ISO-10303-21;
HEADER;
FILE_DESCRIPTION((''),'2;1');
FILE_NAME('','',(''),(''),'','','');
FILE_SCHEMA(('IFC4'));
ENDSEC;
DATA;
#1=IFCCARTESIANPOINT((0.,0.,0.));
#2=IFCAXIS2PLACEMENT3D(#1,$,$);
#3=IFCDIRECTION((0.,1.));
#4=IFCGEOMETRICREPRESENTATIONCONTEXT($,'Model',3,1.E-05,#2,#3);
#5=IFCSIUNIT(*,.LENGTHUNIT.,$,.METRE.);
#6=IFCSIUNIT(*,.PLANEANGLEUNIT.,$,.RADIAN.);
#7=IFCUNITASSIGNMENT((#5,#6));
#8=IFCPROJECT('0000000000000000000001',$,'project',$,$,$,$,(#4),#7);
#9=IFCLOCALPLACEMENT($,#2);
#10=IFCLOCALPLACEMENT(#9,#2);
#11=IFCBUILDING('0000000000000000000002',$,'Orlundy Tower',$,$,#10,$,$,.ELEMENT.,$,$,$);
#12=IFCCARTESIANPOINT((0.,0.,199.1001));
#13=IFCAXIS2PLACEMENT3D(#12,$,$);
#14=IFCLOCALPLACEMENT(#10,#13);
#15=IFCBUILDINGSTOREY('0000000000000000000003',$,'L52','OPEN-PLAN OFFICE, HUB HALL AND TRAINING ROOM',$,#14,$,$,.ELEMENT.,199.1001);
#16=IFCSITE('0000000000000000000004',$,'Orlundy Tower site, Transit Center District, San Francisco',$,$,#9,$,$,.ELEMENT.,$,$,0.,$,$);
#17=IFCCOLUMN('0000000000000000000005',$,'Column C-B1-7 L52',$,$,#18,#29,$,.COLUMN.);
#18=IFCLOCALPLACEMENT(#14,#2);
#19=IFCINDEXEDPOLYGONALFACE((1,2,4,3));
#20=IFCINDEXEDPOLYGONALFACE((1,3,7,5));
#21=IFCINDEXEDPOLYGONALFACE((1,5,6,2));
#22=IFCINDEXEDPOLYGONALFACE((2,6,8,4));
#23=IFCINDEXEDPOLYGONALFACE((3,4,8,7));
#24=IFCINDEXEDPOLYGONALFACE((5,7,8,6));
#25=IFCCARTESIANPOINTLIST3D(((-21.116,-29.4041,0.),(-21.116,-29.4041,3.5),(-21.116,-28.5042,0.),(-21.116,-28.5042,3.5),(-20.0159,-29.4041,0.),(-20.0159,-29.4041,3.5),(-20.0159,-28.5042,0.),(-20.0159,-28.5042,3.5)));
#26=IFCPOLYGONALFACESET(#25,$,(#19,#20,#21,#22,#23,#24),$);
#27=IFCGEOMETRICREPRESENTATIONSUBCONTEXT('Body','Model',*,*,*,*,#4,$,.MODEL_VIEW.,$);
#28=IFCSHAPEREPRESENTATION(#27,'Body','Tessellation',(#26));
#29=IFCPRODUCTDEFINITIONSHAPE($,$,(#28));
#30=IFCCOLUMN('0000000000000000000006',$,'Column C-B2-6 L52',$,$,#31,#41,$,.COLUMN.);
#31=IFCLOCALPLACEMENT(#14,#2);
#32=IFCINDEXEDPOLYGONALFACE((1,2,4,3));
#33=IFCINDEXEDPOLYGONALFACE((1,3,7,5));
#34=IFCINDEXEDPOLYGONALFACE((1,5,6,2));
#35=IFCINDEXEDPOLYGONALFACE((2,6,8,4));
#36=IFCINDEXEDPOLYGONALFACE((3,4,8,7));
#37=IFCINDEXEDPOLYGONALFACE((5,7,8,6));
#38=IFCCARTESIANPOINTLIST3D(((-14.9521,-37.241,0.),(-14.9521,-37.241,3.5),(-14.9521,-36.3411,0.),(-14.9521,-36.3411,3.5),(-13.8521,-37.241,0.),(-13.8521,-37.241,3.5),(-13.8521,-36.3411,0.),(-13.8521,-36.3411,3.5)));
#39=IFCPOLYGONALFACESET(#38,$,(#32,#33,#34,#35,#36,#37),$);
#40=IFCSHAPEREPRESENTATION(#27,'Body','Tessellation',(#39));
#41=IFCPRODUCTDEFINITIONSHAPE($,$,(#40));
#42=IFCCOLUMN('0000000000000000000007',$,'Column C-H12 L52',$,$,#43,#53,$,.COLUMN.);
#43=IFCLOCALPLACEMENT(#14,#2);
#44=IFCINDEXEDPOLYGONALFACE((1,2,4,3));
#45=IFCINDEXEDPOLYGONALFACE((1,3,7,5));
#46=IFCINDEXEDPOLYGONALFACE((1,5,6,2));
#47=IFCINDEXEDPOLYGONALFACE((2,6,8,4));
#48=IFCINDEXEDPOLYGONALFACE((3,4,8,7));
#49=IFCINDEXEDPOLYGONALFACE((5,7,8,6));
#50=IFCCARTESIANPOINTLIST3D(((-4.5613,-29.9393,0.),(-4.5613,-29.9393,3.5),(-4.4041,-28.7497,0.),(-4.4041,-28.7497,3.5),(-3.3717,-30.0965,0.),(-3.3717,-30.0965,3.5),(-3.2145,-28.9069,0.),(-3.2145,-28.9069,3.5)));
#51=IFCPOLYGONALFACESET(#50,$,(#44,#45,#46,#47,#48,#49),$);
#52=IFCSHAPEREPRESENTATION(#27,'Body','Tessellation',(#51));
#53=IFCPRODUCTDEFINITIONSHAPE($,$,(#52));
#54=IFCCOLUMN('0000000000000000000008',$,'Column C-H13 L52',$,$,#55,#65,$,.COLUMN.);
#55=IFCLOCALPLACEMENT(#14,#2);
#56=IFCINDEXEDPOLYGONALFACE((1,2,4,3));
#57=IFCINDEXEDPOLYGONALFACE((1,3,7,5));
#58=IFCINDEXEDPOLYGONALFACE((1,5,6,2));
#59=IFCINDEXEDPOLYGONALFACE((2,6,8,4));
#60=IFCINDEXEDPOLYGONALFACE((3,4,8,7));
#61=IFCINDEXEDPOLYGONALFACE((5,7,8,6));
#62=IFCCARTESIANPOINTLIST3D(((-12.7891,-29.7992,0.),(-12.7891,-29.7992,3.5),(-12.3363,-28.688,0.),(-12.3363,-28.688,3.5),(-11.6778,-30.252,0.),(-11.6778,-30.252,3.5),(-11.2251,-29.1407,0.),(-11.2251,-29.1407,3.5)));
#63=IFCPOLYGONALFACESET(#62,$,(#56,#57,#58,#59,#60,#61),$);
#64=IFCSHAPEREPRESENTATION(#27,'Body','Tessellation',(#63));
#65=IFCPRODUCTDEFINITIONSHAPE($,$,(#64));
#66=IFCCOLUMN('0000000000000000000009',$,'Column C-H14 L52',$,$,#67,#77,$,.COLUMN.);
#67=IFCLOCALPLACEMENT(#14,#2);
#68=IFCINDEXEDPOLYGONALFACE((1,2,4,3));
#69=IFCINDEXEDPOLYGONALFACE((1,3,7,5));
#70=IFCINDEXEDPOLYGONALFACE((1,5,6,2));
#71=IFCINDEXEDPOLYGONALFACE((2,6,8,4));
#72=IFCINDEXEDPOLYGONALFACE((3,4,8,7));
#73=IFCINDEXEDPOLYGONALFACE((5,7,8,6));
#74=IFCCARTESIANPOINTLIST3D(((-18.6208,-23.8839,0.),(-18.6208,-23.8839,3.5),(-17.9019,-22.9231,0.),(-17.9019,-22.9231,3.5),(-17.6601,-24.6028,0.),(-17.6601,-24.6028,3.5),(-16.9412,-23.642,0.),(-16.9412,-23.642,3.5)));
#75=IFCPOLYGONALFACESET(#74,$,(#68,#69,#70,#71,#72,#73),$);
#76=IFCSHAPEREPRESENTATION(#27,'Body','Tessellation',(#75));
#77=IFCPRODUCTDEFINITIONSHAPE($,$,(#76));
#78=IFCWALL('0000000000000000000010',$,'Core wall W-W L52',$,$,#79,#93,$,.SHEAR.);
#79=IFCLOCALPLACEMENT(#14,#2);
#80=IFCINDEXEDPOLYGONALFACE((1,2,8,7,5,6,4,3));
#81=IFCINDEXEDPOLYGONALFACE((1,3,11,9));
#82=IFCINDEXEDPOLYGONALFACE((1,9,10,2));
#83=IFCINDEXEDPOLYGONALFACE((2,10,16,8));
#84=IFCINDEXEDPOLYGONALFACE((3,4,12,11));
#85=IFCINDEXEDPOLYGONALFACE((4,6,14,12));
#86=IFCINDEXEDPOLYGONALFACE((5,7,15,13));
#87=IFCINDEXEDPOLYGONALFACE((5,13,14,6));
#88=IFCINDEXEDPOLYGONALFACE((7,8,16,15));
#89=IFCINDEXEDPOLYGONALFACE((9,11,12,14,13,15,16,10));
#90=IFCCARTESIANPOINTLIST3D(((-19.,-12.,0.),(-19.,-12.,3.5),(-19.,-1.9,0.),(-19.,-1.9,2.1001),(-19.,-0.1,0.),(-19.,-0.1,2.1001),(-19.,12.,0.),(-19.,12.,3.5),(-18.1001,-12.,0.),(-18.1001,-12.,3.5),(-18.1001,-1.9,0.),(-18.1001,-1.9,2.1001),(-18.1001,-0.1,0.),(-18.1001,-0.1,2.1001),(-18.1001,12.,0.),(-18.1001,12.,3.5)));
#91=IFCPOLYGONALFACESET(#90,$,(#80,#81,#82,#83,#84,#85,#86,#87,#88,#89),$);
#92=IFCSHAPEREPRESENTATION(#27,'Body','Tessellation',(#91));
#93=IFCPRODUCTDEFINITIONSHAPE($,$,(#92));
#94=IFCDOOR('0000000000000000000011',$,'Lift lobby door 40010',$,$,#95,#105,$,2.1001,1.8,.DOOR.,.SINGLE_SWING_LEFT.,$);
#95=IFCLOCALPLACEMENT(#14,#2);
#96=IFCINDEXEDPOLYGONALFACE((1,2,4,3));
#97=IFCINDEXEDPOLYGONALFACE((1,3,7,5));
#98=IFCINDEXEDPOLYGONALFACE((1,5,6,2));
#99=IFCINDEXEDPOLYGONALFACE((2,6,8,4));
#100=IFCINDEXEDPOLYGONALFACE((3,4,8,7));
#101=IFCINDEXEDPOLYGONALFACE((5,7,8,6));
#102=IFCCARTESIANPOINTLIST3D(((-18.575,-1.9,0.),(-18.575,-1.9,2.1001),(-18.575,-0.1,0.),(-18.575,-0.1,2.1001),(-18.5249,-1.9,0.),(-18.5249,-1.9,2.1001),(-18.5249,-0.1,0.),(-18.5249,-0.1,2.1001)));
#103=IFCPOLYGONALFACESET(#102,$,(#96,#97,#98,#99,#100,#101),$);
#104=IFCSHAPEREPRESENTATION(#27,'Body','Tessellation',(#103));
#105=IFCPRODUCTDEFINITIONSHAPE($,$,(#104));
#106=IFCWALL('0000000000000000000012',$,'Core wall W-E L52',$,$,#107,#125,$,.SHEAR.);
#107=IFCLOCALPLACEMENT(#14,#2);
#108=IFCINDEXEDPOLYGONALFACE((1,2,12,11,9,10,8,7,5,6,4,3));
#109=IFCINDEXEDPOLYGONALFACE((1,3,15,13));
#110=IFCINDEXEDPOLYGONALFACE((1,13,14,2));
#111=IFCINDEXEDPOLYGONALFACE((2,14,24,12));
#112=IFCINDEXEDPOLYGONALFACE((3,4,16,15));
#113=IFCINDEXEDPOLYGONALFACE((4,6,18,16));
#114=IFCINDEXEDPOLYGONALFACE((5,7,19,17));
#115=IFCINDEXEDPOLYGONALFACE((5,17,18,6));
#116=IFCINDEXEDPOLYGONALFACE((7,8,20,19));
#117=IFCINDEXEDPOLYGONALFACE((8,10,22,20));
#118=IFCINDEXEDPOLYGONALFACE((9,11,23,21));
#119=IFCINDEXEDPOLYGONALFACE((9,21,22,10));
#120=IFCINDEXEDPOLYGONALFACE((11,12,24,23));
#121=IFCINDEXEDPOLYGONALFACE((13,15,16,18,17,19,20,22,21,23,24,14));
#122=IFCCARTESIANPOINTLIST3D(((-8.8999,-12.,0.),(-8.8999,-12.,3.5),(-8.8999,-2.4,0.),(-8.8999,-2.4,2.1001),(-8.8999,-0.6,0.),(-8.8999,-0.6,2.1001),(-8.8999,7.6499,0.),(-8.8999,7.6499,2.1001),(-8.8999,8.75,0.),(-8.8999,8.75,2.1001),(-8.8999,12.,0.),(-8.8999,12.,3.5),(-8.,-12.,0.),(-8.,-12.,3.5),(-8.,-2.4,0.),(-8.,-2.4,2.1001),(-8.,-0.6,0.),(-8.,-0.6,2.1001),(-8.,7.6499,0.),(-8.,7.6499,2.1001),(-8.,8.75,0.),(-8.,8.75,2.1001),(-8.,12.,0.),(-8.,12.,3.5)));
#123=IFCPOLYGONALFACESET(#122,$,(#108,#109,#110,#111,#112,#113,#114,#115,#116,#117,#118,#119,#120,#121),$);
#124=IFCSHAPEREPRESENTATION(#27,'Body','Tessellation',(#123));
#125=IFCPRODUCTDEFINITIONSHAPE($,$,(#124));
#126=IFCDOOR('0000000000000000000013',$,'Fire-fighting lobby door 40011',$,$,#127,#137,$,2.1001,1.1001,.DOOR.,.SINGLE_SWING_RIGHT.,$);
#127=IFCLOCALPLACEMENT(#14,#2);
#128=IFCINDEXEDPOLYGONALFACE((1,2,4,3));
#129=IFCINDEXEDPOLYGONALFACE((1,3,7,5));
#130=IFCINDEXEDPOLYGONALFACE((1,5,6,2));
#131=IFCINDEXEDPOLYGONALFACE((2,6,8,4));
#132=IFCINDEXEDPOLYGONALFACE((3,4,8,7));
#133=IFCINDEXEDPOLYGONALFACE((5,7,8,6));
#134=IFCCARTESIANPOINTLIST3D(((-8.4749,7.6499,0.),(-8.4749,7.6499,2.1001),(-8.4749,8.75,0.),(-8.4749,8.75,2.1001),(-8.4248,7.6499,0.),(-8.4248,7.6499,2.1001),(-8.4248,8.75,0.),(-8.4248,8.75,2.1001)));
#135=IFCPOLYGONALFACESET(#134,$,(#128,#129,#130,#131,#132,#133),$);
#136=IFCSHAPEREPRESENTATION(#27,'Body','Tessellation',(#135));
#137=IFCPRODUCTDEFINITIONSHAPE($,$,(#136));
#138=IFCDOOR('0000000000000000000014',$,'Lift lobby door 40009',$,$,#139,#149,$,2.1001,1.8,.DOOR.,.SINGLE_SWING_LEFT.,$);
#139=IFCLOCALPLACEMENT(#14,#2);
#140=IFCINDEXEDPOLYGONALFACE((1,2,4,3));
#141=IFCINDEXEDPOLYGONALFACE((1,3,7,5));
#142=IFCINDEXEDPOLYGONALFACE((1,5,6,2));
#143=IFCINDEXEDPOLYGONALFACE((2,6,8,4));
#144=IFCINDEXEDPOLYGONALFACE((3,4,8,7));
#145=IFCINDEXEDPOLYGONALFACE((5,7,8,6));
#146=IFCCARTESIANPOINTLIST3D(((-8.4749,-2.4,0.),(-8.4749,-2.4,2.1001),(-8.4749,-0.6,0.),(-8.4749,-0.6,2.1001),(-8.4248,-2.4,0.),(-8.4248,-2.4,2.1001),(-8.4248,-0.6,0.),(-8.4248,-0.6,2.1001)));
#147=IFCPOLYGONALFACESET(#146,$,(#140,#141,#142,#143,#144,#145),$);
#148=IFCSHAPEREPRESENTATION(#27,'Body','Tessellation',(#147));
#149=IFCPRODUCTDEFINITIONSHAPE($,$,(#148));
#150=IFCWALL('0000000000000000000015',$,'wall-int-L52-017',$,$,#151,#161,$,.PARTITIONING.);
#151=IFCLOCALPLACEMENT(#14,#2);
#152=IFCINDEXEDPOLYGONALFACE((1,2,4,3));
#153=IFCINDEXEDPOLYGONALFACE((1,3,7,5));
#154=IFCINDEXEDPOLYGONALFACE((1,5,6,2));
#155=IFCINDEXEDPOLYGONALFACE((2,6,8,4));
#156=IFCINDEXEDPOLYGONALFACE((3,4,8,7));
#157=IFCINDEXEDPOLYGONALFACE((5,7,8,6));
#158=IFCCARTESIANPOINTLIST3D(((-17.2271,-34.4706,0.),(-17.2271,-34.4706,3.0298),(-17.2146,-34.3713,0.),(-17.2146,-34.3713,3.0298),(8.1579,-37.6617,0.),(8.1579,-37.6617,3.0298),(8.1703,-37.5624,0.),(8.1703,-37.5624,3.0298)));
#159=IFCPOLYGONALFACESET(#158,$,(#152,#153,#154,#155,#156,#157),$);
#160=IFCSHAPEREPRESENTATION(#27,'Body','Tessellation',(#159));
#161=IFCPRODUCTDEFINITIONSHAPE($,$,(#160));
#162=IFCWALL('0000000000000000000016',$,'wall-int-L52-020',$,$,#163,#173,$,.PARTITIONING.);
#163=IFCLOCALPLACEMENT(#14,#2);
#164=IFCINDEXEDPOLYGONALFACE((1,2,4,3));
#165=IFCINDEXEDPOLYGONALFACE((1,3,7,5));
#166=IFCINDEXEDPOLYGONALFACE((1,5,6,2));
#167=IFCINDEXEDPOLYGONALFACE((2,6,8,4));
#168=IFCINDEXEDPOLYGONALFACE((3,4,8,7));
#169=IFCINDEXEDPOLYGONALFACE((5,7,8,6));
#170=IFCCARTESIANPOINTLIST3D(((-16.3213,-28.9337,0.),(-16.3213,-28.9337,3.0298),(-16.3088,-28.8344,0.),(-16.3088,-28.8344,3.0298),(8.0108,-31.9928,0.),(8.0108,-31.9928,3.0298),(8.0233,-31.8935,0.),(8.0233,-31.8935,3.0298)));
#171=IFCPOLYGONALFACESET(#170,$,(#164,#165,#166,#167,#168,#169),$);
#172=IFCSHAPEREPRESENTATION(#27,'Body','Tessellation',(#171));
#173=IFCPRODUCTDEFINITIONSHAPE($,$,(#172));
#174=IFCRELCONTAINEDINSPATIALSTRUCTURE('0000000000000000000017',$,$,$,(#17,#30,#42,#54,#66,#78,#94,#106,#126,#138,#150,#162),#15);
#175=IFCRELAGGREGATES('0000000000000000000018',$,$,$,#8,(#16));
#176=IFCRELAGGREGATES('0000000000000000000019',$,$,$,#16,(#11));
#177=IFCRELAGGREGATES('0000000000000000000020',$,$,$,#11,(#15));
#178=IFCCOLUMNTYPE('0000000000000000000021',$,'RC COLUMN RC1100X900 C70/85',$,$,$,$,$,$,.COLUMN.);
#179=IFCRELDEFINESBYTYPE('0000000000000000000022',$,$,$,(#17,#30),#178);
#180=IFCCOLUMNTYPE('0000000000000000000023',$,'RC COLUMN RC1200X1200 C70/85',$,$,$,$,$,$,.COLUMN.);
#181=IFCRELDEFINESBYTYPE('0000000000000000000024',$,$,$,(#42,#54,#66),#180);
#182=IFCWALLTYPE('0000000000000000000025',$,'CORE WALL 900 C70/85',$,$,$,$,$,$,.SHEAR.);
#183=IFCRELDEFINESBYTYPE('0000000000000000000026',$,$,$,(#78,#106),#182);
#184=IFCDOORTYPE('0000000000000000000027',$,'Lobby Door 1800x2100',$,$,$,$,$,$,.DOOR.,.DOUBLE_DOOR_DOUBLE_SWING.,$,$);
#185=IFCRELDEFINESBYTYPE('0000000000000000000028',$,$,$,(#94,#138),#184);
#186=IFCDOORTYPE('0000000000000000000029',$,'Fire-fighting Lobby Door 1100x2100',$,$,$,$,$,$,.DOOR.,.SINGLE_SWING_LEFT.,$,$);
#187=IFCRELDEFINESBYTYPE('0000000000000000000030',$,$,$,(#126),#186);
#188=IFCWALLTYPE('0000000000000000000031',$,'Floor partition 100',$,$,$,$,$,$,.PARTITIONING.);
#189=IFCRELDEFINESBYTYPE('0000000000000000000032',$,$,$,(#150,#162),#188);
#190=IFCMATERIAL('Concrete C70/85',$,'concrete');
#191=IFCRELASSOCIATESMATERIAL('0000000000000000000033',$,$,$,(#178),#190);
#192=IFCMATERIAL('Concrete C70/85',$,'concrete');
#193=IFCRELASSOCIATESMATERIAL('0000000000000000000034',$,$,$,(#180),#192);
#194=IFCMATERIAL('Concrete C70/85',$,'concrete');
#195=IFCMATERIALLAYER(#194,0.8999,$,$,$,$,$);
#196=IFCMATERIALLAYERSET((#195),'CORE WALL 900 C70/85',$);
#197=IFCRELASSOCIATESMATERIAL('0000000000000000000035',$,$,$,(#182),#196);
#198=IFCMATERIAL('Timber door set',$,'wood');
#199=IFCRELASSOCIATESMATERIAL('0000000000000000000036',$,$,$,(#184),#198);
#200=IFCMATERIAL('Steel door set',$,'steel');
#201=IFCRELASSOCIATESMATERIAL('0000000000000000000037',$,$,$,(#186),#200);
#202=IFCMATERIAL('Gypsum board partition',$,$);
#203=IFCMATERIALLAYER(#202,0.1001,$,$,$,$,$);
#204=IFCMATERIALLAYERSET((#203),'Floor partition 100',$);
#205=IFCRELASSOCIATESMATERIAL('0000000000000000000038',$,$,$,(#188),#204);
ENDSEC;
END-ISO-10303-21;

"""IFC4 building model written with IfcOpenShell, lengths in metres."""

from ifc_helpers import new_model, si_unit, direction, frame, frame_2d, origin, origin_2d, place, context, subcontext, project, spatial, rectangle, extrude, material, layer, layer_set, material_profile, profile_set, type_object, element, fill, save


model = new_model("IFC4")

# Units and contexts
model_context = context("Model", 3, precision=1e-05, world=origin(), true_north=direction((0.0, 1.0)))
body_context = subcontext(model_context, "Body", "Model", "MODEL_VIEW")
ifc_project = project(units=[si_unit("LENGTHUNIT", "METRE"), si_unit("PLANEANGLEUNIT", "RADIAN")], contexts=[model_context])

# Site, building, storey
site_placement = place(None, origin())
site = spatial("IfcSite", under=ifc_project, at=site_placement, Name="Orlundy Tower site, Transit Center District, San Francisco", CompositionType="ELEMENT", RefElevation=0.0)
building_placement = place(site_placement, origin())
building = spatial("IfcBuilding", under=site, at=building_placement, Name="Orlundy Tower", CompositionType="ELEMENT")
storey_placement = place(building_placement, frame((0.0, 0.0, 199.1001)))
storey = spatial("IfcBuildingStorey", under=building, at=storey_placement, Name="L52", Description="OPEN-PLAN OFFICE, HUB HALL AND TRAINING ROOM", CompositionType="ELEMENT", Elevation=199.1001)

# Columns
ifc_material_1 = material(Name="Concrete C70/85", Category="concrete")
ifc_material_profile_1 = material_profile(ifc_material_1, rectangle(XDim=1.1001, YDim=0.8999, at=origin_2d()), Name="RC1100X900")
ifc_profile_set_1 = profile_set([ifc_material_profile_1], Name="Concrete C70/85")
column_type_1 = type_object("IfcColumnType", Name="RC COLUMN RC1100X900 C70/85", PredefinedType="COLUMN", material=ifc_profile_set_1)
for number, where, z_axis, x_axis, name in (
    (1, (-20.5659, -28.9541, 0.0), (0.0, 0.0, 1.0), (1.0, 0.0, 0.0), "Column C-B1-7 L52"),
    (2, (-14.4021, -36.791, 0.0), (0.0, 0.0, 1.0), (1.0, 0.0, 0.0), "Column C-B2-6 L52"),
):
    element("IfcColumn", number, at=place(storey_placement, frame(where, z_axis=z_axis, x_axis=x_axis)), inside=storey, type_object=column_type_1, Name=name, PredefinedType="COLUMN", context=body_context, shape_type="SweptSolid", body=[
        extrude(rectangle(XDim=1.1001, YDim=0.8999, at=origin_2d()), origin(), (0.0, 0.0, 1.0), 3.5),
    ])
ifc_material_2 = material(Name="Concrete C70/85", Category="concrete")
ifc_material_profile_2 = material_profile(ifc_material_2, rectangle(XDim=1.2, YDim=1.2, at=origin_2d()), Name="RC1200X1200")
ifc_profile_set_2 = profile_set([ifc_material_profile_2], Name="Concrete C70/85")
column_type_2 = type_object("IfcColumnType", Name="RC COLUMN RC1200X1200 C70/85", PredefinedType="COLUMN", material=ifc_profile_set_2)
for number, where, z_axis, x_axis, name in (
    (3, (-3.8879, -29.4231, 0.0), (0.0, 0.0, 1.0), (-0.131011, -0.991381, 0.0), "Column C-H12 L52"),
    (4, (-12.0071, -29.47, 0.0), (0.0, 0.0, 1.0), (-0.377324, -0.926081, 0.0), "Column C-H13 L52"),
    (5, (-17.781, -23.7629, 0.0), (0.0, 0.0, 1.0), (-0.599107, -0.800669, 0.0), "Column C-H14 L52"),
):
    element("IfcColumn", number, at=place(storey_placement, frame(where, z_axis=z_axis, x_axis=x_axis)), inside=storey, type_object=column_type_2, Name=name, PredefinedType="COLUMN", context=body_context, shape_type="SweptSolid", body=[
        extrude(rectangle(XDim=1.2, YDim=1.2, at=origin_2d()), origin(), (0.0, 0.0, 1.0), 3.5),
    ])

# Wall, opening, door
ifc_material_3 = material(Name="Concrete C70/85", Category="concrete")
ifc_layer_1 = layer(ifc_material_3, 0.8999)
ifc_layer_set_1 = layer_set([ifc_layer_1], Name="CORE WALL 900 C70/85")
wall_type_1 = type_object("IfcWallType", Name="CORE WALL 900 C70/85", PredefinedType="SHEAR", material=ifc_layer_set_1)
wall_1_placement = place(storey_placement, frame((-18.55, -12.0, 0.0), z_axis=(0.0, 0.0, 1.0), x_axis=(0.0, 1.0, 0.0)))
wall_1 = element("IfcWall", 6, at=wall_1_placement, inside=storey, type_object=wall_type_1, Name="Core wall W-W L52", PredefinedType="SHEAR", context=body_context, shape_type="SweptSolid", body=[
    extrude(rectangle(XDim=24.0, YDim=0.8999, at=frame_2d((12.0, 0.0))), origin(), (0.0, 0.0, 1.0), 3.5),
])
opening_1_placement = place(wall_1_placement, frame((10.1001, 0.0, 0.0)))
opening_1 = element("IfcOpeningElement", 7, at=opening_1_placement, cuts=wall_1, PredefinedType="OPENING", context=body_context, shape_type="SweptSolid", body=[
    extrude(rectangle(XDim=1.8, YDim=2.1001, at=frame_2d((0.8999, 1.05))), frame((0.0, 0.46, 0.0), z_axis=(0.0, -1.0, 0.0), x_axis=(1.0, 0.0, 0.0)), (0.0, 0.0, 1.0), 0.9199),
])
ifc_material_4 = material(Name="Timber door set", Category="wood")
door_type_1 = type_object("IfcDoorType", Name="Lobby Door 1800x2100", OperationType="DOUBLE_DOOR_DOUBLE_SWING", PredefinedType="DOOR", material=ifc_material_4)
door_1_placement = place(opening_1_placement, origin())
door_1 = element("IfcDoor", 8, at=door_1_placement, inside=storey, type_object=door_type_1, Name="Lift lobby door 40010", OperationType="SINGLE_SWING_LEFT", OverallHeight=2.1001, OverallWidth=1.8, PredefinedType="DOOR", context=body_context, shape_type="SweptSolid", body=[
    extrude(rectangle(XDim=1.8, YDim=2.1001, at=frame_2d((0.8999, 1.05))), frame((0.0, 0.0249, 0.0), z_axis=(0.0, -1.0, 0.0), x_axis=(1.0, 0.0, 0.0)), (0.0, 0.0, 1.0), 0.05),
])
fill(opening_1, door_1)

# Wall, openings, doors
wall_2_placement = place(storey_placement, frame((-8.45, -12.0, 0.0), z_axis=(0.0, 0.0, 1.0), x_axis=(0.0, 1.0, 0.0)))
wall_2 = element("IfcWall", 9, at=wall_2_placement, inside=storey, type_object=wall_type_1, Name="Core wall W-E L52", PredefinedType="SHEAR", context=body_context, shape_type="SweptSolid", body=[
    extrude(rectangle(XDim=24.0, YDim=0.8999, at=frame_2d((12.0, 0.0))), origin(), (0.0, 0.0, 1.0), 3.5),
])
opening_2_placement = place(wall_2_placement, frame((9.6001, 0.0, 0.0)))
opening_2 = element("IfcOpeningElement", 10, at=opening_2_placement, cuts=wall_2, PredefinedType="OPENING", context=body_context, shape_type="SweptSolid", body=[
    extrude(rectangle(XDim=1.8, YDim=2.1001, at=frame_2d((0.8999, 1.05))), frame((0.0, 0.46, 0.0), z_axis=(0.0, -1.0, 0.0), x_axis=(1.0, 0.0, 0.0)), (0.0, 0.0, 1.0), 0.9199),
])
opening_3_placement = place(wall_2_placement, frame((19.6499, 0.0, 0.0)))
opening_3 = element("IfcOpeningElement", 11, at=opening_3_placement, cuts=wall_2, PredefinedType="OPENING", context=body_context, shape_type="SweptSolid", body=[
    extrude(rectangle(XDim=1.1001, YDim=2.1001, at=frame_2d((0.55, 1.05))), frame((0.0, 0.46, 0.0), z_axis=(0.0, -1.0, 0.0), x_axis=(1.0, 0.0, 0.0)), (0.0, 0.0, 1.0), 0.9199),
])
ifc_material_5 = material(Name="Steel door set", Category="steel")
door_type_2 = type_object("IfcDoorType", Name="Fire-fighting Lobby Door 1100x2100", OperationType="SINGLE_SWING_LEFT", PredefinedType="DOOR", material=ifc_material_5)
door_2_placement = place(opening_3_placement, origin())
door_2 = element("IfcDoor", 12, at=door_2_placement, inside=storey, type_object=door_type_2, Name="Fire-fighting lobby door 40011", OperationType="SINGLE_SWING_RIGHT", OverallHeight=2.1001, OverallWidth=1.1001, PredefinedType="DOOR", context=body_context, shape_type="SweptSolid", body=[
    extrude(rectangle(XDim=1.1001, YDim=2.1001, at=frame_2d((0.55, 1.05))), frame((0.0, 0.0249, 0.0), z_axis=(0.0, -1.0, 0.0), x_axis=(1.0, 0.0, 0.0)), (0.0, 0.0, 1.0), 0.05),
])
fill(opening_3, door_2)
door_3_placement = place(opening_2_placement, origin())
door_3 = element("IfcDoor", 13, at=door_3_placement, inside=storey, type_object=door_type_1, Name="Lift lobby door 40009", OperationType="SINGLE_SWING_LEFT", OverallHeight=2.1001, OverallWidth=1.8, PredefinedType="DOOR", context=body_context, shape_type="SweptSolid", body=[
    extrude(rectangle(XDim=1.8, YDim=2.1001, at=frame_2d((0.8999, 1.05))), frame((0.0, 0.0249, 0.0), z_axis=(0.0, -1.0, 0.0), x_axis=(1.0, 0.0, 0.0)), (0.0, 0.0, 1.0), 0.05),
])
fill(opening_2, door_3)

# Walls
ifc_material_6 = material(Name="Gypsum board partition")
ifc_layer_2 = layer(ifc_material_6, 0.1001)
ifc_layer_set_2 = layer_set([ifc_layer_2], Name="Floor partition 100")
wall_type_2 = type_object("IfcWallType", Name="Floor partition 100", PredefinedType="PARTITIONING", material=ifc_layer_set_2)
wall_3_placement = place(storey_placement, frame((-17.2209, -34.4209, 0.0), z_axis=(0.0, 0.0, 1.0), x_axis=(0.992191, -0.124729, 0.0)))
element("IfcWall", 14, at=wall_3_placement, inside=storey, type_object=wall_type_2, Name="wall-int-L52-017", PredefinedType="PARTITIONING", context=body_context, shape_type="SweptSolid", body=[
    extrude(rectangle(XDim=25.5847, YDim=0.1001, at=frame_2d((12.7925, 0.0))), origin(), (0.0, 0.0, 1.0), 3.0298),
])
wall_4_placement = place(storey_placement, frame((-16.3149, -28.884, 0.0), z_axis=(0.0, 0.0, 1.0), x_axis=(0.992189, -0.12474, 0.0)))
element("IfcWall", 15, at=wall_4_placement, inside=storey, type_object=wall_type_2, Name="wall-int-L52-020", PredefinedType="PARTITIONING", context=body_context, shape_type="SweptSolid", body=[
    extrude(rectangle(XDim=24.5237, YDim=0.1001, at=frame_2d((12.2617, 0.0))), origin(), (0.0, 0.0, 1.0), 3.0298),
])

save(model, "model.ifc")
